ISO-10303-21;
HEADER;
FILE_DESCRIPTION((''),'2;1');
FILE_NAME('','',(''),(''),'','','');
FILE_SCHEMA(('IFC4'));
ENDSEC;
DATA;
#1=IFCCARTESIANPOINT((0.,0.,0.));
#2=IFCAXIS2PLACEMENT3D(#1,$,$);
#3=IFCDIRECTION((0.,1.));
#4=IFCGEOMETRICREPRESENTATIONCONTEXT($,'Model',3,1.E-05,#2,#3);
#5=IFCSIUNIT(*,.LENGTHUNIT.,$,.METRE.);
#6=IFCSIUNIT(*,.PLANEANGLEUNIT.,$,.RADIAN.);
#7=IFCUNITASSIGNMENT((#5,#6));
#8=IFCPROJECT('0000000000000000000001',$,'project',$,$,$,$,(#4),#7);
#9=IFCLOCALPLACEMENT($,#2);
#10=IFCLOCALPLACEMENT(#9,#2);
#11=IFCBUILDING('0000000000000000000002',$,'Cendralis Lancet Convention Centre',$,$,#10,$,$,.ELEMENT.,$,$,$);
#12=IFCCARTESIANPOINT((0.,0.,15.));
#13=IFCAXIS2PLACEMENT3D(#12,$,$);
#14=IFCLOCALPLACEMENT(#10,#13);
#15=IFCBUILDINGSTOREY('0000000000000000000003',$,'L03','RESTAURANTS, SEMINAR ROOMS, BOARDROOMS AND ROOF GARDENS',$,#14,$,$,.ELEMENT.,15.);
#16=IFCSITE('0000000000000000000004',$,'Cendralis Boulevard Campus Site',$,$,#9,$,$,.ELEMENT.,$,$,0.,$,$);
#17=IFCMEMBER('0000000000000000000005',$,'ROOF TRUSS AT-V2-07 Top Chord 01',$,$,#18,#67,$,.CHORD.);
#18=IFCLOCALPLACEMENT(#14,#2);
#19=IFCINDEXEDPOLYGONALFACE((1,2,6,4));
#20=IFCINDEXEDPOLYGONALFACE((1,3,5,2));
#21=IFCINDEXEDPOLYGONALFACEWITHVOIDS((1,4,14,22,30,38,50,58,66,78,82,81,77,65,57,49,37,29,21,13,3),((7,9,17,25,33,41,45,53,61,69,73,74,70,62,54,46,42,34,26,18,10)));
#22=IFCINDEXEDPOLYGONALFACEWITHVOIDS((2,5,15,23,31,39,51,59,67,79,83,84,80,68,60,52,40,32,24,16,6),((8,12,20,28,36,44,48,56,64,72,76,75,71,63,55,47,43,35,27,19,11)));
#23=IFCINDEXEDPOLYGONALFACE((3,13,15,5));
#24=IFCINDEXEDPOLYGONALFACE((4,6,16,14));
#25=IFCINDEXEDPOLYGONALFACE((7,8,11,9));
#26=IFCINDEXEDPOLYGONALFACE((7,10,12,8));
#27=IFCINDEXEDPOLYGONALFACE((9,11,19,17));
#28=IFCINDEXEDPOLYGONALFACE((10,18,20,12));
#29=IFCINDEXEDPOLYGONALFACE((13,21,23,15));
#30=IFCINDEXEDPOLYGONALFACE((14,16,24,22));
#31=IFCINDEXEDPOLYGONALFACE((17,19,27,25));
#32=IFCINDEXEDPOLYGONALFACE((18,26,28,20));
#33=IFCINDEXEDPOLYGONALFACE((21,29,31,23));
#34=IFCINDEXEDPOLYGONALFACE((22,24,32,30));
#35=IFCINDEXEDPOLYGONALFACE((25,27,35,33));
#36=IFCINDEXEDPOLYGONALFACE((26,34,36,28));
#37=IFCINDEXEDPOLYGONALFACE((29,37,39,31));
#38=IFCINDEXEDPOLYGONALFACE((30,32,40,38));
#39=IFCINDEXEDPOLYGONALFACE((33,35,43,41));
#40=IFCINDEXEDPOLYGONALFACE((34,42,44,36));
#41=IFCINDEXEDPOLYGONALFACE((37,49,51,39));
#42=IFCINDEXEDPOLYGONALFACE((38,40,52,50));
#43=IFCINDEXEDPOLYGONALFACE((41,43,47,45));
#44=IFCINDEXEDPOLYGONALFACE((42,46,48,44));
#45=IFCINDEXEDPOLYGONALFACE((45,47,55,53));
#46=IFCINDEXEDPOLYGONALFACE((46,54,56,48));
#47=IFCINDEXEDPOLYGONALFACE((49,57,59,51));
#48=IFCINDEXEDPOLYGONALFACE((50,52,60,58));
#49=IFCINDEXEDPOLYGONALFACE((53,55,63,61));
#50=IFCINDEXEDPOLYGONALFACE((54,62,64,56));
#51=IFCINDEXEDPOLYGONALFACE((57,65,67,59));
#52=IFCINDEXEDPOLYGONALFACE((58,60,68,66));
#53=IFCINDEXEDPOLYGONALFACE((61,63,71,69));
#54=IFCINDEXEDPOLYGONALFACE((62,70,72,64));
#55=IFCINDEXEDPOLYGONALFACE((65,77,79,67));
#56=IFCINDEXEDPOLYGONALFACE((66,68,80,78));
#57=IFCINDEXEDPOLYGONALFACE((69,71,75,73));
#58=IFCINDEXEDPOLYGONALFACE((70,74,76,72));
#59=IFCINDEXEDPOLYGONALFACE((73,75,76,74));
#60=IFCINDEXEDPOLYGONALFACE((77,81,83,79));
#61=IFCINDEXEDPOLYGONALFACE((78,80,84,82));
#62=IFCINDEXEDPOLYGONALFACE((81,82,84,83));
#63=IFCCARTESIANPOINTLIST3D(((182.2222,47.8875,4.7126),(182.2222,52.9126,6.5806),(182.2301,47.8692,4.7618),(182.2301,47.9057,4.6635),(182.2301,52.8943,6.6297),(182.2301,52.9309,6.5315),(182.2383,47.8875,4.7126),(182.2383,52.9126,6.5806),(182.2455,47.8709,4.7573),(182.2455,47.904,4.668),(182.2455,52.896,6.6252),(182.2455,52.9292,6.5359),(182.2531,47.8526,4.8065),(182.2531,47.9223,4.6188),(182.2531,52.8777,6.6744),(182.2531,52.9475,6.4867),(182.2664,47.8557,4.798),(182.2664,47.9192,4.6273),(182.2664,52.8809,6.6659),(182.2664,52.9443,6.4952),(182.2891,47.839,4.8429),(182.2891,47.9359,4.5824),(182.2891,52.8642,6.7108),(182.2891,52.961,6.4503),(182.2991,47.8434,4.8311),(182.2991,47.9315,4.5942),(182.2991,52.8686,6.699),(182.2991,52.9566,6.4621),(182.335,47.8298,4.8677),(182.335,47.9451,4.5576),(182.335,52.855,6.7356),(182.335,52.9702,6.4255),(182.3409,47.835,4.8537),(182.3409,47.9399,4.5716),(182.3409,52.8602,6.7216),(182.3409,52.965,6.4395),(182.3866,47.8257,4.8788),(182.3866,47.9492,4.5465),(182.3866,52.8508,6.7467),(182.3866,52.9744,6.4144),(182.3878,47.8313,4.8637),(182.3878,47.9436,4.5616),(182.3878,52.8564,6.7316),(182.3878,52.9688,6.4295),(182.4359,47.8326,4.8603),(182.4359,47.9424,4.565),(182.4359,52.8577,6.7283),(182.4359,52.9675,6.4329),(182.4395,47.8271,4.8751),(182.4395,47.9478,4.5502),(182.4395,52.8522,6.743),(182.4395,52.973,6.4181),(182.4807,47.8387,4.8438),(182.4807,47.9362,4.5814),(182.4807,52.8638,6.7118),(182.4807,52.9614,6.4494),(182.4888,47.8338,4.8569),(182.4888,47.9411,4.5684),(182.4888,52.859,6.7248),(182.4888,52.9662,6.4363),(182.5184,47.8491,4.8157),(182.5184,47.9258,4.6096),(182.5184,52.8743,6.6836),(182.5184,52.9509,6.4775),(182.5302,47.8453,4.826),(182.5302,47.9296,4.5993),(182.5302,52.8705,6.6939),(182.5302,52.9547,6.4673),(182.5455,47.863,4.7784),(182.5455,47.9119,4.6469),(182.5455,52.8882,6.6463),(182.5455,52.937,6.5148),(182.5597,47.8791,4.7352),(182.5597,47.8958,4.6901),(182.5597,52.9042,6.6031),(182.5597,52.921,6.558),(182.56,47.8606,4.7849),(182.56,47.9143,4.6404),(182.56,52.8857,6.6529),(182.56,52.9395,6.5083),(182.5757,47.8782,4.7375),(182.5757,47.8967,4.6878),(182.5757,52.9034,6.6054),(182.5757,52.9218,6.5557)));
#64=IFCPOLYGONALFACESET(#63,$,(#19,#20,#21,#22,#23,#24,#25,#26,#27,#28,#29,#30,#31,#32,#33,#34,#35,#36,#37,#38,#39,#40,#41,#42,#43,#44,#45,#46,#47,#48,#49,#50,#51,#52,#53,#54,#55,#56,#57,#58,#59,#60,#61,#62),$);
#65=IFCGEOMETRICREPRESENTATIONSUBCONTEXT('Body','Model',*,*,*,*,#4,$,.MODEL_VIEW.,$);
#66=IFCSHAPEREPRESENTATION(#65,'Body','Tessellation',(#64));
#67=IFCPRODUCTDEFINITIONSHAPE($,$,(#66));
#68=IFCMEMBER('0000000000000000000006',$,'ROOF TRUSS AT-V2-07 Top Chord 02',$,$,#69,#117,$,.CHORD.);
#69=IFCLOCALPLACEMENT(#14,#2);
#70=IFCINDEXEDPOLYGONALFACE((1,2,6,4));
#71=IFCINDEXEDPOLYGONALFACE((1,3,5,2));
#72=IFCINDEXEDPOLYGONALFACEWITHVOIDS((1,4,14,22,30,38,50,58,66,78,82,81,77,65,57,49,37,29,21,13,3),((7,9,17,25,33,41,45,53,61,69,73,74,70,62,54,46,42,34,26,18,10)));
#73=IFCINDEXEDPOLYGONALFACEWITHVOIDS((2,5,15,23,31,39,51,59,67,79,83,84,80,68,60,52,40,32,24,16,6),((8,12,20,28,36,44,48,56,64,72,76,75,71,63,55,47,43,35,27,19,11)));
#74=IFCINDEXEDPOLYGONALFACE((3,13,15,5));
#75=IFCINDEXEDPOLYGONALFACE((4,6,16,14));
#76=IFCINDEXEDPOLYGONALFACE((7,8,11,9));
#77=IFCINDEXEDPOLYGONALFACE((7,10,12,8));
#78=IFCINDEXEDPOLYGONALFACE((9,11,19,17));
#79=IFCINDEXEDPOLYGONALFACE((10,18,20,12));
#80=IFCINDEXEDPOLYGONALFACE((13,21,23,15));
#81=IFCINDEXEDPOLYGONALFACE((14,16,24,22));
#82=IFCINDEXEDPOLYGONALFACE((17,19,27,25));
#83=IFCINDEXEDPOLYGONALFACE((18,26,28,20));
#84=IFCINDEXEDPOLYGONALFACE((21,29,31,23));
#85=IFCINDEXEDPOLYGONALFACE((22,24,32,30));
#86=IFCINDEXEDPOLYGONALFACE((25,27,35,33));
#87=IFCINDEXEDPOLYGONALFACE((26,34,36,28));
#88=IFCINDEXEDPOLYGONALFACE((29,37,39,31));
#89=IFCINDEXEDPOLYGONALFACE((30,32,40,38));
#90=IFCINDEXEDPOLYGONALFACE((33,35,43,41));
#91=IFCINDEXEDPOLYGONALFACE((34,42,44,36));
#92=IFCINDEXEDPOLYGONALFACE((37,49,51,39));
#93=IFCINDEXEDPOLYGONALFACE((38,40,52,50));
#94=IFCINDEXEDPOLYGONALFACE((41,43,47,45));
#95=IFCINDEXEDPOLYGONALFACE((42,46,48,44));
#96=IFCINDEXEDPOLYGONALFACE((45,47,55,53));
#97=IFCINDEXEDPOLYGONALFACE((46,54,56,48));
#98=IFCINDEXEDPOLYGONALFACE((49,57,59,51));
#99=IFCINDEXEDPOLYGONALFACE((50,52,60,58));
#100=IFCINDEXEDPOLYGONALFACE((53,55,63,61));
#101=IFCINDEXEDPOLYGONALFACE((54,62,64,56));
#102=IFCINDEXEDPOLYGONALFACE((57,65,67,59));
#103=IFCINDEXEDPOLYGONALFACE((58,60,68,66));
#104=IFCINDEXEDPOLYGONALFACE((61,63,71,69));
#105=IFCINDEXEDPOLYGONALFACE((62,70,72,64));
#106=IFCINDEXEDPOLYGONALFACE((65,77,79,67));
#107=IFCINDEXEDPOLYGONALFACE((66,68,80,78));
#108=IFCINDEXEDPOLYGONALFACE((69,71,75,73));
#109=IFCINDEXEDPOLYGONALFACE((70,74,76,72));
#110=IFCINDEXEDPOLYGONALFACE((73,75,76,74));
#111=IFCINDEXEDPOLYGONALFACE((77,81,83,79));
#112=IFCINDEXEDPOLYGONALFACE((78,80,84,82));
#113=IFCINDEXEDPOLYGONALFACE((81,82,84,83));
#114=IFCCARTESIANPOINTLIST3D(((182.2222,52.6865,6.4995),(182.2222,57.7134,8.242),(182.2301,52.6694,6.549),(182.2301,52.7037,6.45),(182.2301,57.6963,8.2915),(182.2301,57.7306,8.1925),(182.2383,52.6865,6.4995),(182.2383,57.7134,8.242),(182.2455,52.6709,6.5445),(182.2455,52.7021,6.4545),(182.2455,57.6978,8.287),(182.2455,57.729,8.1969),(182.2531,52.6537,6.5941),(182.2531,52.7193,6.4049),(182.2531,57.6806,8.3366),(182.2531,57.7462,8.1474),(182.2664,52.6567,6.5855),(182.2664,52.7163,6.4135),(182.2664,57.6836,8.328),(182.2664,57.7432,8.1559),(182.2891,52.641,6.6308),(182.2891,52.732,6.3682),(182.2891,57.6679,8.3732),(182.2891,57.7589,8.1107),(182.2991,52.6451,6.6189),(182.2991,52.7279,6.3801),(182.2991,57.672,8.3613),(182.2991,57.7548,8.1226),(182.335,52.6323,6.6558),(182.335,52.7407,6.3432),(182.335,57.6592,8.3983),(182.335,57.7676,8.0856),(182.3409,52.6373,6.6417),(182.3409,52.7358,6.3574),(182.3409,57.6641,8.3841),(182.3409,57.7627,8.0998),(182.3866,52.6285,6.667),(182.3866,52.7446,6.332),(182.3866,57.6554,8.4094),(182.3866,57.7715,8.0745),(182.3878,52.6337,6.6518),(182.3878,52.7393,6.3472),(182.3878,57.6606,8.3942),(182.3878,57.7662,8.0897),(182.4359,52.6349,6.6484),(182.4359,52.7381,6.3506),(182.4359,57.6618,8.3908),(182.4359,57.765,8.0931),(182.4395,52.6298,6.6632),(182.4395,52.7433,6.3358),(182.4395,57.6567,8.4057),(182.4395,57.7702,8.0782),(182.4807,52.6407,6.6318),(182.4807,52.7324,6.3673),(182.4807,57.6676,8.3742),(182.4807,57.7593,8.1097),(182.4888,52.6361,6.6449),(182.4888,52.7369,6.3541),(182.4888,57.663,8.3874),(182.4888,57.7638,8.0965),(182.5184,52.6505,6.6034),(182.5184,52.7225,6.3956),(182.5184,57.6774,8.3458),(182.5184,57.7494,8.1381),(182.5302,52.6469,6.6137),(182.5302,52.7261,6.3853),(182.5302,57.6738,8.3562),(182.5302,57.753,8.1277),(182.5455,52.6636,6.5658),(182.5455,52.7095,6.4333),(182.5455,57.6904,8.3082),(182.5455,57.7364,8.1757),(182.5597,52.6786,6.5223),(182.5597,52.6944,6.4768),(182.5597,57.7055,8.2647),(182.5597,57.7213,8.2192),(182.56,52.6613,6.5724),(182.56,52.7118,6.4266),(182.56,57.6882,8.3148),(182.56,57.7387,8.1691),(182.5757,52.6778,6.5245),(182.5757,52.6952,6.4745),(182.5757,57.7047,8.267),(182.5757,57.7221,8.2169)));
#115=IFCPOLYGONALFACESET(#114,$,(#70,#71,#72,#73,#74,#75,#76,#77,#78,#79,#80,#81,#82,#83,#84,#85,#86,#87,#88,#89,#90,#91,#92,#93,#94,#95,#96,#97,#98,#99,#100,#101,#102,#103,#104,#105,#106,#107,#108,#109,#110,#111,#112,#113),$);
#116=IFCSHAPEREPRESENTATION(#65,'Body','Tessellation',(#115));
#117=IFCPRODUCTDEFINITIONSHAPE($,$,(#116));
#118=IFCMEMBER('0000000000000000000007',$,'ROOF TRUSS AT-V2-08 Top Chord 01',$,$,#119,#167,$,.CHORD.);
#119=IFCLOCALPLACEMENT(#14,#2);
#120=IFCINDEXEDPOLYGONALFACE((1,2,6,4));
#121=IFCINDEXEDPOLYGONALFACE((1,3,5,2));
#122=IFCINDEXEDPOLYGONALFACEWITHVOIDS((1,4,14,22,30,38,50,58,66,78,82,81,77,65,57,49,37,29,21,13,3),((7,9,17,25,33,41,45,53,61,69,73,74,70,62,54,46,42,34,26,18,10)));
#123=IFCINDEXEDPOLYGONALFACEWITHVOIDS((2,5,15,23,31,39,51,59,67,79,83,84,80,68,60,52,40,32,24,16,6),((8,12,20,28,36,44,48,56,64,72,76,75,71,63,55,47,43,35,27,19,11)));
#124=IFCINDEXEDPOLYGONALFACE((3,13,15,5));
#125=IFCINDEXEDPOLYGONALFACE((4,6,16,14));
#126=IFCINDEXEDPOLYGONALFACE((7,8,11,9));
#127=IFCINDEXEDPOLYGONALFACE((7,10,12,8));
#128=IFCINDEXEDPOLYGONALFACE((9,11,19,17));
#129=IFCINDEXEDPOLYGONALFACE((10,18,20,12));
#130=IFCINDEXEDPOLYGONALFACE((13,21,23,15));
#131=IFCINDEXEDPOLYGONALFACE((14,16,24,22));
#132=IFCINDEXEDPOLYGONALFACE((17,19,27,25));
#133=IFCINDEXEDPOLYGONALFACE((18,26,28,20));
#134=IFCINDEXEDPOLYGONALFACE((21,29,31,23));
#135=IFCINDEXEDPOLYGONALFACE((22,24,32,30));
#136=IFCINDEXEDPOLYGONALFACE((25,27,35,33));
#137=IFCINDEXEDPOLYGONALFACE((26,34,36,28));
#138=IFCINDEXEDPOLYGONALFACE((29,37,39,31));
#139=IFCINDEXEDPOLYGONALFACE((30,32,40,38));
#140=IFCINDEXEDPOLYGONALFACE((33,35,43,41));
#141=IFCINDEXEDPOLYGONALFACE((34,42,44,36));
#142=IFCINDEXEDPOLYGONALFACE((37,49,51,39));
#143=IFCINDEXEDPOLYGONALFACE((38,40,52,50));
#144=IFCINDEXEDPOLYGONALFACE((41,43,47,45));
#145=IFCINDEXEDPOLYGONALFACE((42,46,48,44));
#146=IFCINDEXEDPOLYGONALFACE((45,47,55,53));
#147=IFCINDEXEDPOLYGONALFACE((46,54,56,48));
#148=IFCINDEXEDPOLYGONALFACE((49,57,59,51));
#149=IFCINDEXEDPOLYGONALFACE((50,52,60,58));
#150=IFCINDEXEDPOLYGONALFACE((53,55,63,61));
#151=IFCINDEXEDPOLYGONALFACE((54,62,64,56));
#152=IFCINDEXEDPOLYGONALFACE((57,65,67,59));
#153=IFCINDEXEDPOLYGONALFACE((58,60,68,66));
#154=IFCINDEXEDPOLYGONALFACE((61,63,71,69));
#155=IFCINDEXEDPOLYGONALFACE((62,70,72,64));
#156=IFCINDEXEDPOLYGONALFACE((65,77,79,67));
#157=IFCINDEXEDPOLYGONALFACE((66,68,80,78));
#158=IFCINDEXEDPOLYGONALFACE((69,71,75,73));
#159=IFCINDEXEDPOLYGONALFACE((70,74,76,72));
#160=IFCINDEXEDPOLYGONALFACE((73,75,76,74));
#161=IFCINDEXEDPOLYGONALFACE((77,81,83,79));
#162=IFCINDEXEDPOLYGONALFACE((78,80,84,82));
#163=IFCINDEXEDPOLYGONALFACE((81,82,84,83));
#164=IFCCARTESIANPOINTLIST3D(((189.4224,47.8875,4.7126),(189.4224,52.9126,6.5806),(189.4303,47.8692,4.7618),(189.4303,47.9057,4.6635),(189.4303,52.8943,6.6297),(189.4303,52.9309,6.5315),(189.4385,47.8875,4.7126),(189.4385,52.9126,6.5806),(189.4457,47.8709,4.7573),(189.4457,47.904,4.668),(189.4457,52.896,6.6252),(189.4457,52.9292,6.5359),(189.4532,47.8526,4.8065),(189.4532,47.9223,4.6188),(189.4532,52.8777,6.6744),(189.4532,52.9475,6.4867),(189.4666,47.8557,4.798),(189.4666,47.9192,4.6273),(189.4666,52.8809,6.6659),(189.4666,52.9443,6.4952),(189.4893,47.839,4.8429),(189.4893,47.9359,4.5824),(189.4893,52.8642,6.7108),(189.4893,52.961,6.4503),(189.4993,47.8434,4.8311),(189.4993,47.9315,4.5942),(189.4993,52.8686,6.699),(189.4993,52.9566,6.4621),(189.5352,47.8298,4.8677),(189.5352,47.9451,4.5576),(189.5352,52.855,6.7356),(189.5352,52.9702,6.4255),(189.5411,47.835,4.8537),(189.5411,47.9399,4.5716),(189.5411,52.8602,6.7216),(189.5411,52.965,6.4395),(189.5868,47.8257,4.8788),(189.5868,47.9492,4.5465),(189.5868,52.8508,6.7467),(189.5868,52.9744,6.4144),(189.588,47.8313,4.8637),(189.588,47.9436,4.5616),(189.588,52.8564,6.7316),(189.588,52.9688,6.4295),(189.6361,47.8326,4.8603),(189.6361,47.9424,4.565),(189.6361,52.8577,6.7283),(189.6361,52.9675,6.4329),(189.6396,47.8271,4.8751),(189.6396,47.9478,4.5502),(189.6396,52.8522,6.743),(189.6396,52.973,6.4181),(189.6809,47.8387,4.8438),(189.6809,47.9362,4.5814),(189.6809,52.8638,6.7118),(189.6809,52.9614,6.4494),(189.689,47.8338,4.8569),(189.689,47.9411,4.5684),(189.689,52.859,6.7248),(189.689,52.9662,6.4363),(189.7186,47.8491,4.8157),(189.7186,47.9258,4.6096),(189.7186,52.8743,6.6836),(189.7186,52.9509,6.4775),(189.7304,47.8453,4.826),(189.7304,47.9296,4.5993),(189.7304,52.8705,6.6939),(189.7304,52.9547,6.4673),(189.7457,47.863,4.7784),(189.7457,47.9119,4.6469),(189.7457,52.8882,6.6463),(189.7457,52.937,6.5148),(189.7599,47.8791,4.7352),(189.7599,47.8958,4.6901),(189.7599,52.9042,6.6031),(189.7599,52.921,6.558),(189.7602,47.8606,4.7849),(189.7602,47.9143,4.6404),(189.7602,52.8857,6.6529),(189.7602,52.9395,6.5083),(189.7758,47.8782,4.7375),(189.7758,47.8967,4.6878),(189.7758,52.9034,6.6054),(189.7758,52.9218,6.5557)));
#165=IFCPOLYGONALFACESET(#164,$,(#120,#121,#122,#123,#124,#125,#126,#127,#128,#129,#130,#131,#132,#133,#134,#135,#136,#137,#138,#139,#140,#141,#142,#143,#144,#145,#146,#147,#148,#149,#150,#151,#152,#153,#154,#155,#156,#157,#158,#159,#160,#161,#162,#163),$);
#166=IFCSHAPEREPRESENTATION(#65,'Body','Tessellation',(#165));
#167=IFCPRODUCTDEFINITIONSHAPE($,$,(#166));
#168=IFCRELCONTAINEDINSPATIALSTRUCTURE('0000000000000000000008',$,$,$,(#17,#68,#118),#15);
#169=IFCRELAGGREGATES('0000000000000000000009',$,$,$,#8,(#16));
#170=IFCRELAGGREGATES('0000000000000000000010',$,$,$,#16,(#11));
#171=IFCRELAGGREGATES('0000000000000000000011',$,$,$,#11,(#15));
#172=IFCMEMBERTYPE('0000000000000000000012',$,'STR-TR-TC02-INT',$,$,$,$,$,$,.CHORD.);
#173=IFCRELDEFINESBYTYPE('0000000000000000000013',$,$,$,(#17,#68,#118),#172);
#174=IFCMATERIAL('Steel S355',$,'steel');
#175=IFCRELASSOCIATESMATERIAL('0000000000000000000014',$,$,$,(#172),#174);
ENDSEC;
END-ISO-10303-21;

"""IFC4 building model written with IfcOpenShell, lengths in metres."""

from ifc_helpers import new_model, si_unit, direction, frame, origin, origin_2d, place, context, subcontext, project, spatial, hollow_circle, extrude, material, material_profile, profile_set, type_object, element, save


model = new_model("IFC4")

# Units and contexts
model_context = context("Model", 3, precision=1e-05, world=origin(), true_north=direction((0.0, 1.0)))
body_context = subcontext(model_context, "Body", "Model", "MODEL_VIEW")
ifc_project = project(units=[si_unit("LENGTHUNIT", "METRE"), si_unit("PLANEANGLEUNIT", "RADIAN")], contexts=[model_context])

# Site, building, storey
site_placement = place(None, origin())
site = spatial("IfcSite", under=ifc_project, at=site_placement, Name="Cendralis Boulevard Campus Site", CompositionType="ELEMENT", RefElevation=0.0)
building_placement = place(site_placement, origin())
building = spatial("IfcBuilding", under=site, at=building_placement, Name="Cendralis Lancet Convention Centre", CompositionType="ELEMENT")
storey_placement = place(building_placement, frame((0.0, 0.0, 15.0)))
storey = spatial("IfcBuildingStorey", under=building, at=storey_placement, Name="L03", Description="RESTAURANTS, SEMINAR ROOMS, BOARDROOMS AND ROOF GARDENS", CompositionType="ELEMENT", Elevation=15.0)

# Shared definitions
ifc_material_1 = material(Name="Steel S355", Category="steel")

# Members
ifc_material_profile_1 = material_profile(ifc_material_1, hollow_circle(Radius=0.1777, WallThickness=0.0161, at=origin_2d()), Name="CHS 355.6x16.0")
ifc_profile_set_1 = profile_set([ifc_material_profile_1], Name="Steel S355")
member_type_1 = type_object("IfcMemberType", Name="STR-TR-TC02-INT", PredefinedType="CHORD", material=ifc_profile_set_1)
member_1_placement = place(storey_placement, frame((182.3999, 47.8875, 4.7126), z_axis=(0.0, 0.937338, 0.348422), x_axis=(-1.0, 0.0, 0.0)))
element("IfcMember", 1, at=member_1_placement, inside=storey, type_object=member_type_1, Name="ROOF TRUSS AT-V2-07 Top Chord 01", PredefinedType="CHORD", context=body_context, shape_type="SweptSolid", body=[
    extrude(hollow_circle(Radius=0.1777, WallThickness=0.0161, at=origin_2d()), origin(), (0.0, 0.0, 1.0), 5.3611),
])
member_2_placement = place(storey_placement, frame((182.3999, 52.6865, 6.4995), z_axis=(0.0, 0.944849, 0.327508), x_axis=(-1.0, 0.0, 0.0)))
element("IfcMember", 2, at=member_2_placement, inside=storey, type_object=member_type_1, Name="ROOF TRUSS AT-V2-07 Top Chord 02", PredefinedType="CHORD", context=body_context, shape_type="SweptSolid", body=[
    extrude(hollow_circle(Radius=0.1777, WallThickness=0.0161, at=origin_2d()), origin(), (0.0, 0.0, 1.0), 5.3203),
])
member_3_placement = place(storey_placement, frame((189.6001, 47.8875, 4.7126), z_axis=(0.0, 0.937338, 0.348422), x_axis=(-1.0, 0.0, 0.0)))
element("IfcMember", 3, at=member_3_placement, inside=storey, type_object=member_type_1, Name="ROOF TRUSS AT-V2-08 Top Chord 01", PredefinedType="CHORD", context=body_context, shape_type="SweptSolid", body=[
    extrude(hollow_circle(Radius=0.1777, WallThickness=0.0161, at=origin_2d()), origin(), (0.0, 0.0, 1.0), 5.3611),
])

save(model, "model.ifc")
